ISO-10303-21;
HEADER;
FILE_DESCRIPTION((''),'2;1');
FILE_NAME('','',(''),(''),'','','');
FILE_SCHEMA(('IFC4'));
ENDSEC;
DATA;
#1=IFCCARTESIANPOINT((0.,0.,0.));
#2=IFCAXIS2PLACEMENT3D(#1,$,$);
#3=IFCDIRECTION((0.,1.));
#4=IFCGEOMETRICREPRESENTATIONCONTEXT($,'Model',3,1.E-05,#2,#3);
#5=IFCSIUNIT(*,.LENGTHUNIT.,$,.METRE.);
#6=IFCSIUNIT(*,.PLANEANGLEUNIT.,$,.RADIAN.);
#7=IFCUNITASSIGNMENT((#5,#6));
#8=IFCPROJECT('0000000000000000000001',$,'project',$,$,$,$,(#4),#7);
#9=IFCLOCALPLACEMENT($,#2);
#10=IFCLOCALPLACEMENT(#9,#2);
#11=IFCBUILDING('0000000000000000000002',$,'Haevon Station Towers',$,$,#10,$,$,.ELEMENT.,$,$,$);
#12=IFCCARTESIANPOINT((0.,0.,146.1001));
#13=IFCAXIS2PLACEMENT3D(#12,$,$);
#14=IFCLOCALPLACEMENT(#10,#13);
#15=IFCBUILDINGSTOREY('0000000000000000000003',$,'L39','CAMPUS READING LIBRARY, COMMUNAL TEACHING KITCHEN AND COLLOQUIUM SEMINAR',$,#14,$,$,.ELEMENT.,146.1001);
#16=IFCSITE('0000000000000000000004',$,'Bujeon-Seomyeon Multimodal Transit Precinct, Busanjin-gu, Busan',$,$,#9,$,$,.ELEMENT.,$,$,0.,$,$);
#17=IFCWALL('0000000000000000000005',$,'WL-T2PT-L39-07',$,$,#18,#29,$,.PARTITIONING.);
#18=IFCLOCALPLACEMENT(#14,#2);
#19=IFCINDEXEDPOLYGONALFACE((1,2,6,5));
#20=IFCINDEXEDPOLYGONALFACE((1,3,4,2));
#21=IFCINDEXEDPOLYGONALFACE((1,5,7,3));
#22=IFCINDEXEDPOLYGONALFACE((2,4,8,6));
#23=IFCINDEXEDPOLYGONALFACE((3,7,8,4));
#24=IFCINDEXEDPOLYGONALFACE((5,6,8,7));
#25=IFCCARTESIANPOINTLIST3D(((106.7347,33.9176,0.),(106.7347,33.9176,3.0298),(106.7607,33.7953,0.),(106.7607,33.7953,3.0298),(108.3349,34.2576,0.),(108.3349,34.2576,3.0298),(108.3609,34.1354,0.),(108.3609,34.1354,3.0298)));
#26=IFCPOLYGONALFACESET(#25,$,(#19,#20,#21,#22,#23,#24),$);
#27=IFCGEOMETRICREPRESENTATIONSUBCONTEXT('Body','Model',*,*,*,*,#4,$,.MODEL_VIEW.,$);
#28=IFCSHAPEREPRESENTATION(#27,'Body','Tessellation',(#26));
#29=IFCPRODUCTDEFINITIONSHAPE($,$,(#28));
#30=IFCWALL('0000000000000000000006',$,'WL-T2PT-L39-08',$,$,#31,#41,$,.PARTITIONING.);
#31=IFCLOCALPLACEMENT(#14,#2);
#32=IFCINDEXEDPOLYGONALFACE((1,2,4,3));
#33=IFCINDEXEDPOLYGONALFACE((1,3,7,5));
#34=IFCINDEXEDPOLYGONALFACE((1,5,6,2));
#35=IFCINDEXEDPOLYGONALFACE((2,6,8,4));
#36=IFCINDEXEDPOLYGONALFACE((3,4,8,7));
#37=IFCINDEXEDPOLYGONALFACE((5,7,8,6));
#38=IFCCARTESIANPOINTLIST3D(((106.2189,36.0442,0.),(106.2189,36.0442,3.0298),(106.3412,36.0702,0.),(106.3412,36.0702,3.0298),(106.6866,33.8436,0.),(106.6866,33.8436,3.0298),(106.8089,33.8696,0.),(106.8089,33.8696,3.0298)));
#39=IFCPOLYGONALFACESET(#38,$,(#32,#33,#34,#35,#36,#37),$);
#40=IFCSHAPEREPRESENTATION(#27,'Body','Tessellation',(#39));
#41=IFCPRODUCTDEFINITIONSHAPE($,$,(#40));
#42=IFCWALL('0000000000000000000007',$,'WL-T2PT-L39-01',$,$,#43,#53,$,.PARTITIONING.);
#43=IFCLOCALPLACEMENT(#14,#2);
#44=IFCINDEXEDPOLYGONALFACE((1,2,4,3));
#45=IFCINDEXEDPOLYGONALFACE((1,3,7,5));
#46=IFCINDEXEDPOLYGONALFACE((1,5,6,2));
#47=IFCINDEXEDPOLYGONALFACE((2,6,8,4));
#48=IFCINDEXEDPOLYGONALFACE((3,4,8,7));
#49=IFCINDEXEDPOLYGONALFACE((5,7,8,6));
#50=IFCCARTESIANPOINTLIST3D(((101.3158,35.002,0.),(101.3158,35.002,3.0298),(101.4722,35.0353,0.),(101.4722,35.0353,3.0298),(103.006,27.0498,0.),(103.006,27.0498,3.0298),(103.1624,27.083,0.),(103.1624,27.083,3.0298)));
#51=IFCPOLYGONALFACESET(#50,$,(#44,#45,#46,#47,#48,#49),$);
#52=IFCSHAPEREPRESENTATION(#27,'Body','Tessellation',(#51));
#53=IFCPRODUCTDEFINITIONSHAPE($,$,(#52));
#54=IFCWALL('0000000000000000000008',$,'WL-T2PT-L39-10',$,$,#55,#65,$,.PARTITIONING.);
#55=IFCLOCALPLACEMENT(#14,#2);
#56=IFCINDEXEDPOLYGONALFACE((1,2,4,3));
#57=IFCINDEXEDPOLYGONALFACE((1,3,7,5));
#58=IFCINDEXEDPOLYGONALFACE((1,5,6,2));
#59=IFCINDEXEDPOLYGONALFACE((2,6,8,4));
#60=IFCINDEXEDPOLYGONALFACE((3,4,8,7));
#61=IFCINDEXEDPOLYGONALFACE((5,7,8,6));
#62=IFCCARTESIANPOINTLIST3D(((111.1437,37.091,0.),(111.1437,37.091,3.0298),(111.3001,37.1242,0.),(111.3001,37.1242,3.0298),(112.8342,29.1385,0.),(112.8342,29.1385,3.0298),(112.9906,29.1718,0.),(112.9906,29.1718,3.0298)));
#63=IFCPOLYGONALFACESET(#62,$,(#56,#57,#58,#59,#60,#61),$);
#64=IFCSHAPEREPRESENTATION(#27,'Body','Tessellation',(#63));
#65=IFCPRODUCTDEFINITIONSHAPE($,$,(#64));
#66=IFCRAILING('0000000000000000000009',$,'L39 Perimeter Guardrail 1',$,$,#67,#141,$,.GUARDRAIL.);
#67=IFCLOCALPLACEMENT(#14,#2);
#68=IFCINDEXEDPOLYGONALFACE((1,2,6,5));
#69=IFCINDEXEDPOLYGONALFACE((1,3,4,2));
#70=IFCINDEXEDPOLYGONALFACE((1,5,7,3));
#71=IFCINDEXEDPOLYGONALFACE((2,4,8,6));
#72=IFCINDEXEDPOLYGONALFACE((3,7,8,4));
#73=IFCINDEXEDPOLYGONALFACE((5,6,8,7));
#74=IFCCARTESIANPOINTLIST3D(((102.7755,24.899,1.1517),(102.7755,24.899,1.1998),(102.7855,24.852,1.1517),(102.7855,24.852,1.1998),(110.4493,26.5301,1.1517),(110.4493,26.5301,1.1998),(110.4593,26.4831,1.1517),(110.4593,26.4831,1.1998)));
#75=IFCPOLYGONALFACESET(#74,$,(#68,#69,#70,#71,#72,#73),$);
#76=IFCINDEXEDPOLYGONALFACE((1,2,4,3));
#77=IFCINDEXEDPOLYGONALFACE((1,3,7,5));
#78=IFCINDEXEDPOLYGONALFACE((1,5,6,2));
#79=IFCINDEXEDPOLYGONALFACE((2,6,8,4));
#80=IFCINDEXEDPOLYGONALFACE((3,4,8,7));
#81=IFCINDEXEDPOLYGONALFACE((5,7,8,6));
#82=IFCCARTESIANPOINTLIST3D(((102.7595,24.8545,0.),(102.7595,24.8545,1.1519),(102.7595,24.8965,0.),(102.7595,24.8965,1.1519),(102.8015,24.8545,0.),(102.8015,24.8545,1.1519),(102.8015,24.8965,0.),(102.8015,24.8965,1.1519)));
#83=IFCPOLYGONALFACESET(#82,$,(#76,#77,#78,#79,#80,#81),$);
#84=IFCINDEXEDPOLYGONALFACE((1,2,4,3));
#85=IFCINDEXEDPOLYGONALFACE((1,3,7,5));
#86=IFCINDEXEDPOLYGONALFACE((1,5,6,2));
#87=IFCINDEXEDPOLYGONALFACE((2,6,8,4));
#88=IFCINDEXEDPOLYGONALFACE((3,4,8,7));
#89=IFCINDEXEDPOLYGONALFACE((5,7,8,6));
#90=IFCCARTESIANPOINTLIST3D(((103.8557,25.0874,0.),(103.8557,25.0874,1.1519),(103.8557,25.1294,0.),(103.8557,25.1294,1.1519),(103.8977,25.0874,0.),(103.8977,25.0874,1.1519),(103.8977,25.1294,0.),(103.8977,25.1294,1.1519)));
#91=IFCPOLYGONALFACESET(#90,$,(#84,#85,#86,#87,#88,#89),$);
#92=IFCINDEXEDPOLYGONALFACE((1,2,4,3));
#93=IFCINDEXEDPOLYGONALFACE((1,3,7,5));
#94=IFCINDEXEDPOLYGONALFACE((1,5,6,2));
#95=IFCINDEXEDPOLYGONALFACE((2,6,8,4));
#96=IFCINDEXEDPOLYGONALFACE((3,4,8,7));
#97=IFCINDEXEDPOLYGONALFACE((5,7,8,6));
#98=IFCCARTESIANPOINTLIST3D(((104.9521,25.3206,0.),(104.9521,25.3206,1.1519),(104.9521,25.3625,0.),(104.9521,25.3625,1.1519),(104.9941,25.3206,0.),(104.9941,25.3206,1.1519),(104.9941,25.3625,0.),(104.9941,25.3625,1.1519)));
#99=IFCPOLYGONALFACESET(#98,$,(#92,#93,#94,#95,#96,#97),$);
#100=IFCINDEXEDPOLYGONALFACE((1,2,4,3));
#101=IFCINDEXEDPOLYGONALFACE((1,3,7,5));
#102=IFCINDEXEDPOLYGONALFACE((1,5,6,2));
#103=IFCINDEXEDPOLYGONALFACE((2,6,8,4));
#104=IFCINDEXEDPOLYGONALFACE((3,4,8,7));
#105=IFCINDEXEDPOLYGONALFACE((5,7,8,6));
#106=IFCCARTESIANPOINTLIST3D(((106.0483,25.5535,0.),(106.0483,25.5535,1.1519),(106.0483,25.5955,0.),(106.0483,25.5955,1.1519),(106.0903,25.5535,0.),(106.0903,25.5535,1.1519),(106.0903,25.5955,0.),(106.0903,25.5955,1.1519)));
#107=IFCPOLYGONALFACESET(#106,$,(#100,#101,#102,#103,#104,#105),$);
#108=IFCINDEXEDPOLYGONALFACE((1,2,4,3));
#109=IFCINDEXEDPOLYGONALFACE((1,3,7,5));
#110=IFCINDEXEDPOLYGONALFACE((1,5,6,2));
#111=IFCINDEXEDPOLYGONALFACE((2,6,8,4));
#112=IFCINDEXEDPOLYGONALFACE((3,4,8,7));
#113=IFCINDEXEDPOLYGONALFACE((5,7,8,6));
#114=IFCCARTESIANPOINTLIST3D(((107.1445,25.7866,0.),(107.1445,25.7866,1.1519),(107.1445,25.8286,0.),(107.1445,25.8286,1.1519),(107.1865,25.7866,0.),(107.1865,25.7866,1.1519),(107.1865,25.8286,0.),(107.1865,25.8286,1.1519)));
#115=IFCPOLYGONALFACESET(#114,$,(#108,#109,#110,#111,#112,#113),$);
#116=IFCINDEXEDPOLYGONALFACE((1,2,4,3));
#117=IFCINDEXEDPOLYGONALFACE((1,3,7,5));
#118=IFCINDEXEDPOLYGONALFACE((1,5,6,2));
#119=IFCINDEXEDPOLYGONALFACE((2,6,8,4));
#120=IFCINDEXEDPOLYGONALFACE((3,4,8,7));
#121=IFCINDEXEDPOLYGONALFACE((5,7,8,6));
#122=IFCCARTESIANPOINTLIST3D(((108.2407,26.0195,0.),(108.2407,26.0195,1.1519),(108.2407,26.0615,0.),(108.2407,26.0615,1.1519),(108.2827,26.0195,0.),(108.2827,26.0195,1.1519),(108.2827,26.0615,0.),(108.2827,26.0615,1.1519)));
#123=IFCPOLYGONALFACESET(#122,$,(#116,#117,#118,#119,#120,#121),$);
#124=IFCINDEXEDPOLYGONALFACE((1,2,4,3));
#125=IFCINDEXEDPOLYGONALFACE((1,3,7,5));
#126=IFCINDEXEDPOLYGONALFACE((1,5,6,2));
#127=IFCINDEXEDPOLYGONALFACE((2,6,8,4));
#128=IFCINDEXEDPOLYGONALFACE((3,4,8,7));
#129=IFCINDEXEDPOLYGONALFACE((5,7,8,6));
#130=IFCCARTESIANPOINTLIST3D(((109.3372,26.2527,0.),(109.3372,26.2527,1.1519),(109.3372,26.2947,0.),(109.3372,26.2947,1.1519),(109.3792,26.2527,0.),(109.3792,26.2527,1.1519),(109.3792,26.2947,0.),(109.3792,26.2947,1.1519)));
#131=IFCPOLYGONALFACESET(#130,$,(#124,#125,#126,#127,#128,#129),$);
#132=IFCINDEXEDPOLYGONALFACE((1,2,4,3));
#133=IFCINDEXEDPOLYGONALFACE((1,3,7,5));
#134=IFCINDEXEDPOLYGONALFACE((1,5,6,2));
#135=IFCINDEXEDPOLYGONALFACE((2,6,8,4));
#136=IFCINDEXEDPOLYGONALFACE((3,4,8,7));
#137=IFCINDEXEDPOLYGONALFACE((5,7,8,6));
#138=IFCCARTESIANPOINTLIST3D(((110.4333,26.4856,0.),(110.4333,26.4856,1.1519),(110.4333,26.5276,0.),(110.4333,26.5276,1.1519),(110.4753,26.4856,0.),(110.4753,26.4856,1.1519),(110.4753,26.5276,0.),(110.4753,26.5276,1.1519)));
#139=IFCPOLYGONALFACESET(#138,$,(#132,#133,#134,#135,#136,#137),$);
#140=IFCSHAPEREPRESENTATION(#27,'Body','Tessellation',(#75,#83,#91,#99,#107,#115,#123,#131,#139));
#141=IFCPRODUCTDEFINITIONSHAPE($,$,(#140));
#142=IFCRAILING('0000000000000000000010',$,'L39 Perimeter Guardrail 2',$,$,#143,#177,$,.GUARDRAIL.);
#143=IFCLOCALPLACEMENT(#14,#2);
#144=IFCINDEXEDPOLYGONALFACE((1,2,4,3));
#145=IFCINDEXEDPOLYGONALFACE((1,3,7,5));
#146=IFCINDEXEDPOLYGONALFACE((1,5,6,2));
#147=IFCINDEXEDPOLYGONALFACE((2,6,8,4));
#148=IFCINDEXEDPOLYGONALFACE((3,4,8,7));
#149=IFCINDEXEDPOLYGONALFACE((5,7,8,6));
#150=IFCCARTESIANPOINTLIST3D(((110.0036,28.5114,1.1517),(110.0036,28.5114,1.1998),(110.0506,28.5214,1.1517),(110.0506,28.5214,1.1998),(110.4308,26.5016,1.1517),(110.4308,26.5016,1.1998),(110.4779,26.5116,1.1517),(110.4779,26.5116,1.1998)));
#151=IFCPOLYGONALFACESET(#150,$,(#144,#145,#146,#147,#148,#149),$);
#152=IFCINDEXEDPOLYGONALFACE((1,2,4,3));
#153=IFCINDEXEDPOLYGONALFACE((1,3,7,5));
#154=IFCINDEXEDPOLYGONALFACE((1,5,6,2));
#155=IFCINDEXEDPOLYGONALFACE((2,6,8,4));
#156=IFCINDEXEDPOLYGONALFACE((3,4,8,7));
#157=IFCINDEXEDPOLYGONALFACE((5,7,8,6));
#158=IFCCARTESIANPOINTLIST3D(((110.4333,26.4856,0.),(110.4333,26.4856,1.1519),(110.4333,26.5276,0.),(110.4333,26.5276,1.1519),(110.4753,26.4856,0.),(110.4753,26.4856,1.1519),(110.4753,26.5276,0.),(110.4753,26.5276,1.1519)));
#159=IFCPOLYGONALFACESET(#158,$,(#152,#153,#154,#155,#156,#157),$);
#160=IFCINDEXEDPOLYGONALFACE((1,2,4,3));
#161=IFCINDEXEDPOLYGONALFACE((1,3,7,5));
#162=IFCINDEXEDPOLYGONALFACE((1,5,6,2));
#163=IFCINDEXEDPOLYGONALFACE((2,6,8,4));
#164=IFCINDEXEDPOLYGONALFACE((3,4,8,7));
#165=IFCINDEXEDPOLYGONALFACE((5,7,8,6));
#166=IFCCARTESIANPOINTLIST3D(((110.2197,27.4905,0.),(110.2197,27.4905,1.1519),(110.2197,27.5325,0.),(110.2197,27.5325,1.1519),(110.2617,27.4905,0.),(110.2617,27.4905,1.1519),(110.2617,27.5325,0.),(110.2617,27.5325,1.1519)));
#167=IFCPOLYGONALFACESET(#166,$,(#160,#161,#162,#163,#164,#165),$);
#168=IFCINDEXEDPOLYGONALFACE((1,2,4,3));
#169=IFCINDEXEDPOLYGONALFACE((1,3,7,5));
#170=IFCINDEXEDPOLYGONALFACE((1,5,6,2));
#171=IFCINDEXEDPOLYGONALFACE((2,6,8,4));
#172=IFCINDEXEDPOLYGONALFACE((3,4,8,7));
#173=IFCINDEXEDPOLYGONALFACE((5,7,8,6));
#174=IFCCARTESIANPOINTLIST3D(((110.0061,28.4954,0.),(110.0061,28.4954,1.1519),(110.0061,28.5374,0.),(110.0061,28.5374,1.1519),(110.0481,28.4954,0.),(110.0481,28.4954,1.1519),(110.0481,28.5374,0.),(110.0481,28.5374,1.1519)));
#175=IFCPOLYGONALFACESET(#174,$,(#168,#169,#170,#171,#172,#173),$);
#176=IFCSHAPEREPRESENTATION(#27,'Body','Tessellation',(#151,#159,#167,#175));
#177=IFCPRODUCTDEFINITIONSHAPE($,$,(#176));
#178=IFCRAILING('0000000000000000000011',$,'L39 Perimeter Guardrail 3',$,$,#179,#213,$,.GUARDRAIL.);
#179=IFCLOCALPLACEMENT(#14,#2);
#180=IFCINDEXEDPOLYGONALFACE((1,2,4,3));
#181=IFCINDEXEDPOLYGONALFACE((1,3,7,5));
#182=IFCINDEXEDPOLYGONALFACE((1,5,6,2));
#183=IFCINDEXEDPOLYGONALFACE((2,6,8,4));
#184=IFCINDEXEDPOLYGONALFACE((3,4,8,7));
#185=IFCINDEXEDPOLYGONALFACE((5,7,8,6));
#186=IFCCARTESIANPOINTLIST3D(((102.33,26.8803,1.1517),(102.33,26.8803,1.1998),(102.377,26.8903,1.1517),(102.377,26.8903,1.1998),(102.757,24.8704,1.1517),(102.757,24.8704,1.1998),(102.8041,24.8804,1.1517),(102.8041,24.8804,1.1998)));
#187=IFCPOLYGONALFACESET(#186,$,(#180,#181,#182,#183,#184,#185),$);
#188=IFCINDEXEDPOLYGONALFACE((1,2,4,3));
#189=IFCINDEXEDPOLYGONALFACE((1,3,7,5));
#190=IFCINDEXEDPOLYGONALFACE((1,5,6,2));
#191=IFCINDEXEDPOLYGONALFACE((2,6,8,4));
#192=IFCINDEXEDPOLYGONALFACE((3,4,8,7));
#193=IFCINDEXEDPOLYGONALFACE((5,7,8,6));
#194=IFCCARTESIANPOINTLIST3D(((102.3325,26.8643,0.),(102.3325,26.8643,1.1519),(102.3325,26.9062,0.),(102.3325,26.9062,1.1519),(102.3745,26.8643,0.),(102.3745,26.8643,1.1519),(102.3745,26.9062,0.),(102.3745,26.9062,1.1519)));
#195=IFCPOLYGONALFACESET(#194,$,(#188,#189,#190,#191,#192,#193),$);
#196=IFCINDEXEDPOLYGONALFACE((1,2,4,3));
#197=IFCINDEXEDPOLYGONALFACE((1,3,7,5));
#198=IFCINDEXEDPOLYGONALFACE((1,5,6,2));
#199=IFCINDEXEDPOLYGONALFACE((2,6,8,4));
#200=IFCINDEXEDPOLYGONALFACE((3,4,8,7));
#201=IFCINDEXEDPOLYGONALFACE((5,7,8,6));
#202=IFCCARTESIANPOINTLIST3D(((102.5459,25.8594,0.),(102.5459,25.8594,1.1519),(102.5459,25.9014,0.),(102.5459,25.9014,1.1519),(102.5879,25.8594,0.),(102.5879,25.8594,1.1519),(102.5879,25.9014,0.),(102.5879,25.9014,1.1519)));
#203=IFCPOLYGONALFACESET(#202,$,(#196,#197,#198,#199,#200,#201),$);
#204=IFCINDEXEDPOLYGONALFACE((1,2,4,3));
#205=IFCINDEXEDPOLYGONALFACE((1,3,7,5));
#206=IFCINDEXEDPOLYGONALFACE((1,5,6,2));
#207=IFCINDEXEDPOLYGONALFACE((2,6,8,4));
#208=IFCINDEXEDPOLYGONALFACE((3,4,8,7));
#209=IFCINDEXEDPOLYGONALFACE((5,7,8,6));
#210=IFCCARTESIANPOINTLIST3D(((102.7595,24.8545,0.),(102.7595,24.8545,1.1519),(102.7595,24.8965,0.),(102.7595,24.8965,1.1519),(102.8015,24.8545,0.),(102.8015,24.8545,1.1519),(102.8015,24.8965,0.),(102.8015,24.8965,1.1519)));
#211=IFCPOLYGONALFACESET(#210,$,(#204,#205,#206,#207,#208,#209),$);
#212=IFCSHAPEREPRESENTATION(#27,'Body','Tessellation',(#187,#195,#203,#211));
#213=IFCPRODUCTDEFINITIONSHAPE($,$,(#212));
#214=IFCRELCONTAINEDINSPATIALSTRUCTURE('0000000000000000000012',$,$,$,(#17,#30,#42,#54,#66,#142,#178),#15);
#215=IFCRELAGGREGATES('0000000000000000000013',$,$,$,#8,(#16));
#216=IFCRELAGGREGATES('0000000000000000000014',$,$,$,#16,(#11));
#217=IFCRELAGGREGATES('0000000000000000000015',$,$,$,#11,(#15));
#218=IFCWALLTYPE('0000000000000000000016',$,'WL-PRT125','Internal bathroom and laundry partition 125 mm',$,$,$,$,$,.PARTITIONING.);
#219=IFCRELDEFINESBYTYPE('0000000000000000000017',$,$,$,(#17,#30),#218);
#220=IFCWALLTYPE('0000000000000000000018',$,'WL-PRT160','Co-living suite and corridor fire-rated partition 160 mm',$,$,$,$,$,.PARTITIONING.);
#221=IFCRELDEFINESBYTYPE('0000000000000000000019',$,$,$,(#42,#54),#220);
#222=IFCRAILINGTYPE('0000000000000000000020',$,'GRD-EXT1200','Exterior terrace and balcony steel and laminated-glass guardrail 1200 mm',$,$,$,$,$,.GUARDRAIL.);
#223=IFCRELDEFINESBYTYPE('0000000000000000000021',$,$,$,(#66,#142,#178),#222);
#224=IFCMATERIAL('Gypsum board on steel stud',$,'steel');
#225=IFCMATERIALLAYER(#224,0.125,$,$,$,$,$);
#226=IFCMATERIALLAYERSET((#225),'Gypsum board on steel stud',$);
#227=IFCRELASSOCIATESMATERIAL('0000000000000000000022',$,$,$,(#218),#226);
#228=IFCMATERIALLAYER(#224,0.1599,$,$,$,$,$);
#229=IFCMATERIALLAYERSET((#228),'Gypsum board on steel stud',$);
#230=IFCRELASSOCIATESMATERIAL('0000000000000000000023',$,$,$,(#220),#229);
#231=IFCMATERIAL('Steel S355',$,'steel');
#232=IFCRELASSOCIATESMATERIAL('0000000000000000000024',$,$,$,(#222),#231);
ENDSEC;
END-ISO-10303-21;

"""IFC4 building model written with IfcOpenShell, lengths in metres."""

from ifc_helpers import new_model, si_unit, direction, frame, frame_2d, origin, origin_2d, place, context, subcontext, project, spatial, rectangle, extrude, material, layer, layer_set, type_object, element, save


model = new_model("IFC4")

# Units and contexts
model_context = context("Model", 3, precision=1e-05, world=origin(), true_north=direction((0.0, 1.0)))
body_context = subcontext(model_context, "Body", "Model", "MODEL_VIEW")
ifc_project = project(units=[si_unit("LENGTHUNIT", "METRE"), si_unit("PLANEANGLEUNIT", "RADIAN")], contexts=[model_context])

# Site, building, storey
site_placement = place(None, origin())
site = spatial("IfcSite", under=ifc_project, at=site_placement, Name="Bujeon-Seomyeon Multimodal Transit Precinct, Busanjin-gu, Busan", CompositionType="ELEMENT", RefElevation=0.0)
building_placement = place(site_placement, origin())
building = spatial("IfcBuilding", under=site, at=building_placement, Name="Haevon Station Towers", CompositionType="ELEMENT")
storey_placement = place(building_placement, frame((0.0, 0.0, 146.1001)))
storey = spatial("IfcBuildingStorey", under=building, at=storey_placement, Name="L39", Description="CAMPUS READING LIBRARY, COMMUNAL TEACHING KITCHEN AND COLLOQUIUM SEMINAR", CompositionType="ELEMENT", Elevation=146.1001)

# Shared definitions
ifc_material_1 = material(Name="Steel S355", Category="steel")

# Shared definitions
ifc_material_2 = material(Name="Gypsum board on steel stud", Category="steel")

# Walls
ifc_layer_1 = layer(ifc_material_2, 0.125)
ifc_layer_set_1 = layer_set([ifc_layer_1], Name="Gypsum board on steel stud")
wall_type_1 = type_object("IfcWallType", Name="WL-PRT125", Description="Internal bathroom and laundry partition 125 mm", PredefinedType="PARTITIONING", material=ifc_layer_set_1)
wall_1_placement = place(storey_placement, frame((106.7478, 33.8564, 0.0), z_axis=(0.0, 0.0, 1.0), x_axis=(0.978157, 0.207868, 0.0)))
element("IfcWall", 1, at=wall_1_placement, inside=storey, type_object=wall_type_1, Name="WL-T2PT-L39-07", PredefinedType="PARTITIONING", context=body_context, shape_type="SweptSolid", body=[
    extrude(rectangle(XDim=1.636, YDim=0.125, at=frame_2d((0.8179, 0.0))), origin(), (0.0, 0.0, 1.0), 3.0298),
])
wall_2_placement = place(storey_placement, frame((106.7478, 33.8564, 0.0), z_axis=(0.0, 0.0, 1.0), x_axis=(-0.207913, 0.978147, 0.0)))
element("IfcWall", 2, at=wall_2_placement, inside=storey, type_object=wall_type_1, Name="WL-T2PT-L39-08", PredefinedType="PARTITIONING", context=body_context, shape_type="SweptSolid", body=[
    extrude(rectangle(XDim=2.2498, YDim=0.125, at=frame_2d((1.125, 0.0))), origin(), (0.0, 0.0, 1.0), 3.0298),
])
ifc_layer_2 = layer(ifc_material_2, 0.1599)
ifc_layer_set_2 = layer_set([ifc_layer_2], Name="Gypsum board on steel stud")
wall_type_2 = type_object("IfcWallType", Name="WL-PRT160", Description="Co-living suite and corridor fire-rated partition 160 mm", PredefinedType="PARTITIONING", material=ifc_layer_set_2)
wall_3_placement = place(storey_placement, frame((103.0842, 27.0664, 0.0), z_axis=(0.0, 0.0, 1.0), x_axis=(-0.2079, 0.97815, 0.0)))
element("IfcWall", 3, at=wall_3_placement, inside=storey, type_object=wall_type_2, Name="WL-T2PT-L39-01", PredefinedType="PARTITIONING", context=body_context, shape_type="SweptSolid", body=[
    extrude(rectangle(XDim=8.1299, YDim=0.1599, at=frame_2d((4.0649, 0.0))), origin(), (0.0, 0.0, 1.0), 3.0298),
])
wall_4_placement = place(storey_placement, frame((112.9124, 29.1553, 0.0), z_axis=(0.0, 0.0, 1.0), x_axis=(-0.207923, 0.978145, 0.0)))
element("IfcWall", 4, at=wall_4_placement, inside=storey, type_object=wall_type_2, Name="WL-T2PT-L39-10", PredefinedType="PARTITIONING", context=body_context, shape_type="SweptSolid", body=[
    extrude(rectangle(XDim=8.1301, YDim=0.1599, at=frame_2d((4.0649, 0.0))), origin(), (0.0, 0.0, 1.0), 3.0298),
])

# Railings
railing_type_1 = type_object("IfcRailingType", Name="GRD-EXT1200", Description="Exterior terrace and balcony steel and laminated-glass guardrail 1200 mm", PredefinedType="GUARDRAIL", material=ifc_material_1)
railing_1_placement = place(storey_placement, frame((102.7805, 24.8755, 0.0)))
element("IfcRailing", 5, at=railing_1_placement, inside=storey, type_object=railing_type_1, Name="L39 Perimeter Guardrail 1", PredefinedType="GUARDRAIL", context=body_context, shape_type="SweptSolid", body=[
    extrude(rectangle(XDim=0.0481, YDim=0.0481, at=origin_2d()), frame((0.0, 0.0, 1.1758), z_axis=(0.978148, 0.207909, 0.0), x_axis=(-0.207909, 0.978148, 0.0)), (0.0, 0.0, 1.0), 7.8452),
    extrude(rectangle(XDim=0.042, YDim=0.042, at=origin_2d()), origin(), (0.0, 0.0, 1.0), 1.1519),
    extrude(rectangle(XDim=0.042, YDim=0.042, at=origin_2d()), frame((1.0962, 0.2329, 0.0)), (0.0, 0.0, 1.0), 1.1519),
    extrude(rectangle(XDim=0.042, YDim=0.042, at=origin_2d()), frame((2.1926, 0.4661, 0.0)), (0.0, 0.0, 1.0), 1.1519),
    extrude(rectangle(XDim=0.042, YDim=0.042, at=origin_2d()), frame((3.2888, 0.699, 0.0)), (0.0, 0.0, 1.0), 1.1519),
    extrude(rectangle(XDim=0.042, YDim=0.042, at=origin_2d()), frame((4.385, 0.9321, 0.0)), (0.0, 0.0, 1.0), 1.1519),
    extrude(rectangle(XDim=0.042, YDim=0.042, at=origin_2d()), frame((5.4812, 1.165, 0.0)), (0.0, 0.0, 1.0), 1.1519),
    extrude(rectangle(XDim=0.042, YDim=0.042, at=origin_2d()), frame((6.5776, 1.3982, 0.0)), (0.0, 0.0, 1.0), 1.1519),
    extrude(rectangle(XDim=0.042, YDim=0.042, at=origin_2d()), frame((7.6738, 1.6311, 0.0)), (0.0, 0.0, 1.0), 1.1519),
])
railing_2_placement = place(storey_placement, frame((110.4543, 26.5066, 0.0)))
element("IfcRailing", 6, at=railing_2_placement, inside=storey, type_object=railing_type_1, Name="L39 Perimeter Guardrail 2", PredefinedType="GUARDRAIL", context=body_context, shape_type="SweptSolid", body=[
    extrude(rectangle(XDim=0.0481, YDim=0.0481, at=origin_2d()), frame((0.0, 0.0, 1.1758), z_axis=(-0.207938, 0.978142, 0.0), x_axis=(-0.978142, -0.207938, 0.0)), (0.0, 0.0, 1.0), 2.0547),
    extrude(rectangle(XDim=0.042, YDim=0.042, at=origin_2d()), origin(), (0.0, 0.0, 1.0), 1.1519),
    extrude(rectangle(XDim=0.042, YDim=0.042, at=origin_2d()), frame((-0.2136, 1.0049, 0.0)), (0.0, 0.0, 1.0), 1.1519),
    extrude(rectangle(XDim=0.042, YDim=0.042, at=origin_2d()), frame((-0.4272, 2.0098, 0.0)), (0.0, 0.0, 1.0), 1.1519),
])
railing_3_placement = place(storey_placement, frame((102.3535, 26.8853, 0.0)))
element("IfcRailing", 7, at=railing_3_placement, inside=storey, type_object=railing_type_1, Name="L39 Perimeter Guardrail 3", PredefinedType="GUARDRAIL", context=body_context, shape_type="SweptSolid", body=[
    extrude(rectangle(XDim=0.0481, YDim=0.0481, at=origin_2d()), frame((0.0, 0.0, 1.1758), z_axis=(0.207825, -0.978166, 0.0), x_axis=(0.978166, 0.207825, 0.0)), (0.0, 0.0, 1.0), 2.0547),
    extrude(rectangle(XDim=0.042, YDim=0.042, at=origin_2d()), origin(), (0.0, 0.0, 1.0), 1.1519),
    extrude(rectangle(XDim=0.042, YDim=0.042, at=origin_2d()), frame((0.2134, -1.0049, 0.0)), (0.0, 0.0, 1.0), 1.1519),
    extrude(rectangle(XDim=0.042, YDim=0.042, at=origin_2d()), frame((0.427, -2.0098, 0.0)), (0.0, 0.0, 1.0), 1.1519),
])

save(model, "model.ifc")
